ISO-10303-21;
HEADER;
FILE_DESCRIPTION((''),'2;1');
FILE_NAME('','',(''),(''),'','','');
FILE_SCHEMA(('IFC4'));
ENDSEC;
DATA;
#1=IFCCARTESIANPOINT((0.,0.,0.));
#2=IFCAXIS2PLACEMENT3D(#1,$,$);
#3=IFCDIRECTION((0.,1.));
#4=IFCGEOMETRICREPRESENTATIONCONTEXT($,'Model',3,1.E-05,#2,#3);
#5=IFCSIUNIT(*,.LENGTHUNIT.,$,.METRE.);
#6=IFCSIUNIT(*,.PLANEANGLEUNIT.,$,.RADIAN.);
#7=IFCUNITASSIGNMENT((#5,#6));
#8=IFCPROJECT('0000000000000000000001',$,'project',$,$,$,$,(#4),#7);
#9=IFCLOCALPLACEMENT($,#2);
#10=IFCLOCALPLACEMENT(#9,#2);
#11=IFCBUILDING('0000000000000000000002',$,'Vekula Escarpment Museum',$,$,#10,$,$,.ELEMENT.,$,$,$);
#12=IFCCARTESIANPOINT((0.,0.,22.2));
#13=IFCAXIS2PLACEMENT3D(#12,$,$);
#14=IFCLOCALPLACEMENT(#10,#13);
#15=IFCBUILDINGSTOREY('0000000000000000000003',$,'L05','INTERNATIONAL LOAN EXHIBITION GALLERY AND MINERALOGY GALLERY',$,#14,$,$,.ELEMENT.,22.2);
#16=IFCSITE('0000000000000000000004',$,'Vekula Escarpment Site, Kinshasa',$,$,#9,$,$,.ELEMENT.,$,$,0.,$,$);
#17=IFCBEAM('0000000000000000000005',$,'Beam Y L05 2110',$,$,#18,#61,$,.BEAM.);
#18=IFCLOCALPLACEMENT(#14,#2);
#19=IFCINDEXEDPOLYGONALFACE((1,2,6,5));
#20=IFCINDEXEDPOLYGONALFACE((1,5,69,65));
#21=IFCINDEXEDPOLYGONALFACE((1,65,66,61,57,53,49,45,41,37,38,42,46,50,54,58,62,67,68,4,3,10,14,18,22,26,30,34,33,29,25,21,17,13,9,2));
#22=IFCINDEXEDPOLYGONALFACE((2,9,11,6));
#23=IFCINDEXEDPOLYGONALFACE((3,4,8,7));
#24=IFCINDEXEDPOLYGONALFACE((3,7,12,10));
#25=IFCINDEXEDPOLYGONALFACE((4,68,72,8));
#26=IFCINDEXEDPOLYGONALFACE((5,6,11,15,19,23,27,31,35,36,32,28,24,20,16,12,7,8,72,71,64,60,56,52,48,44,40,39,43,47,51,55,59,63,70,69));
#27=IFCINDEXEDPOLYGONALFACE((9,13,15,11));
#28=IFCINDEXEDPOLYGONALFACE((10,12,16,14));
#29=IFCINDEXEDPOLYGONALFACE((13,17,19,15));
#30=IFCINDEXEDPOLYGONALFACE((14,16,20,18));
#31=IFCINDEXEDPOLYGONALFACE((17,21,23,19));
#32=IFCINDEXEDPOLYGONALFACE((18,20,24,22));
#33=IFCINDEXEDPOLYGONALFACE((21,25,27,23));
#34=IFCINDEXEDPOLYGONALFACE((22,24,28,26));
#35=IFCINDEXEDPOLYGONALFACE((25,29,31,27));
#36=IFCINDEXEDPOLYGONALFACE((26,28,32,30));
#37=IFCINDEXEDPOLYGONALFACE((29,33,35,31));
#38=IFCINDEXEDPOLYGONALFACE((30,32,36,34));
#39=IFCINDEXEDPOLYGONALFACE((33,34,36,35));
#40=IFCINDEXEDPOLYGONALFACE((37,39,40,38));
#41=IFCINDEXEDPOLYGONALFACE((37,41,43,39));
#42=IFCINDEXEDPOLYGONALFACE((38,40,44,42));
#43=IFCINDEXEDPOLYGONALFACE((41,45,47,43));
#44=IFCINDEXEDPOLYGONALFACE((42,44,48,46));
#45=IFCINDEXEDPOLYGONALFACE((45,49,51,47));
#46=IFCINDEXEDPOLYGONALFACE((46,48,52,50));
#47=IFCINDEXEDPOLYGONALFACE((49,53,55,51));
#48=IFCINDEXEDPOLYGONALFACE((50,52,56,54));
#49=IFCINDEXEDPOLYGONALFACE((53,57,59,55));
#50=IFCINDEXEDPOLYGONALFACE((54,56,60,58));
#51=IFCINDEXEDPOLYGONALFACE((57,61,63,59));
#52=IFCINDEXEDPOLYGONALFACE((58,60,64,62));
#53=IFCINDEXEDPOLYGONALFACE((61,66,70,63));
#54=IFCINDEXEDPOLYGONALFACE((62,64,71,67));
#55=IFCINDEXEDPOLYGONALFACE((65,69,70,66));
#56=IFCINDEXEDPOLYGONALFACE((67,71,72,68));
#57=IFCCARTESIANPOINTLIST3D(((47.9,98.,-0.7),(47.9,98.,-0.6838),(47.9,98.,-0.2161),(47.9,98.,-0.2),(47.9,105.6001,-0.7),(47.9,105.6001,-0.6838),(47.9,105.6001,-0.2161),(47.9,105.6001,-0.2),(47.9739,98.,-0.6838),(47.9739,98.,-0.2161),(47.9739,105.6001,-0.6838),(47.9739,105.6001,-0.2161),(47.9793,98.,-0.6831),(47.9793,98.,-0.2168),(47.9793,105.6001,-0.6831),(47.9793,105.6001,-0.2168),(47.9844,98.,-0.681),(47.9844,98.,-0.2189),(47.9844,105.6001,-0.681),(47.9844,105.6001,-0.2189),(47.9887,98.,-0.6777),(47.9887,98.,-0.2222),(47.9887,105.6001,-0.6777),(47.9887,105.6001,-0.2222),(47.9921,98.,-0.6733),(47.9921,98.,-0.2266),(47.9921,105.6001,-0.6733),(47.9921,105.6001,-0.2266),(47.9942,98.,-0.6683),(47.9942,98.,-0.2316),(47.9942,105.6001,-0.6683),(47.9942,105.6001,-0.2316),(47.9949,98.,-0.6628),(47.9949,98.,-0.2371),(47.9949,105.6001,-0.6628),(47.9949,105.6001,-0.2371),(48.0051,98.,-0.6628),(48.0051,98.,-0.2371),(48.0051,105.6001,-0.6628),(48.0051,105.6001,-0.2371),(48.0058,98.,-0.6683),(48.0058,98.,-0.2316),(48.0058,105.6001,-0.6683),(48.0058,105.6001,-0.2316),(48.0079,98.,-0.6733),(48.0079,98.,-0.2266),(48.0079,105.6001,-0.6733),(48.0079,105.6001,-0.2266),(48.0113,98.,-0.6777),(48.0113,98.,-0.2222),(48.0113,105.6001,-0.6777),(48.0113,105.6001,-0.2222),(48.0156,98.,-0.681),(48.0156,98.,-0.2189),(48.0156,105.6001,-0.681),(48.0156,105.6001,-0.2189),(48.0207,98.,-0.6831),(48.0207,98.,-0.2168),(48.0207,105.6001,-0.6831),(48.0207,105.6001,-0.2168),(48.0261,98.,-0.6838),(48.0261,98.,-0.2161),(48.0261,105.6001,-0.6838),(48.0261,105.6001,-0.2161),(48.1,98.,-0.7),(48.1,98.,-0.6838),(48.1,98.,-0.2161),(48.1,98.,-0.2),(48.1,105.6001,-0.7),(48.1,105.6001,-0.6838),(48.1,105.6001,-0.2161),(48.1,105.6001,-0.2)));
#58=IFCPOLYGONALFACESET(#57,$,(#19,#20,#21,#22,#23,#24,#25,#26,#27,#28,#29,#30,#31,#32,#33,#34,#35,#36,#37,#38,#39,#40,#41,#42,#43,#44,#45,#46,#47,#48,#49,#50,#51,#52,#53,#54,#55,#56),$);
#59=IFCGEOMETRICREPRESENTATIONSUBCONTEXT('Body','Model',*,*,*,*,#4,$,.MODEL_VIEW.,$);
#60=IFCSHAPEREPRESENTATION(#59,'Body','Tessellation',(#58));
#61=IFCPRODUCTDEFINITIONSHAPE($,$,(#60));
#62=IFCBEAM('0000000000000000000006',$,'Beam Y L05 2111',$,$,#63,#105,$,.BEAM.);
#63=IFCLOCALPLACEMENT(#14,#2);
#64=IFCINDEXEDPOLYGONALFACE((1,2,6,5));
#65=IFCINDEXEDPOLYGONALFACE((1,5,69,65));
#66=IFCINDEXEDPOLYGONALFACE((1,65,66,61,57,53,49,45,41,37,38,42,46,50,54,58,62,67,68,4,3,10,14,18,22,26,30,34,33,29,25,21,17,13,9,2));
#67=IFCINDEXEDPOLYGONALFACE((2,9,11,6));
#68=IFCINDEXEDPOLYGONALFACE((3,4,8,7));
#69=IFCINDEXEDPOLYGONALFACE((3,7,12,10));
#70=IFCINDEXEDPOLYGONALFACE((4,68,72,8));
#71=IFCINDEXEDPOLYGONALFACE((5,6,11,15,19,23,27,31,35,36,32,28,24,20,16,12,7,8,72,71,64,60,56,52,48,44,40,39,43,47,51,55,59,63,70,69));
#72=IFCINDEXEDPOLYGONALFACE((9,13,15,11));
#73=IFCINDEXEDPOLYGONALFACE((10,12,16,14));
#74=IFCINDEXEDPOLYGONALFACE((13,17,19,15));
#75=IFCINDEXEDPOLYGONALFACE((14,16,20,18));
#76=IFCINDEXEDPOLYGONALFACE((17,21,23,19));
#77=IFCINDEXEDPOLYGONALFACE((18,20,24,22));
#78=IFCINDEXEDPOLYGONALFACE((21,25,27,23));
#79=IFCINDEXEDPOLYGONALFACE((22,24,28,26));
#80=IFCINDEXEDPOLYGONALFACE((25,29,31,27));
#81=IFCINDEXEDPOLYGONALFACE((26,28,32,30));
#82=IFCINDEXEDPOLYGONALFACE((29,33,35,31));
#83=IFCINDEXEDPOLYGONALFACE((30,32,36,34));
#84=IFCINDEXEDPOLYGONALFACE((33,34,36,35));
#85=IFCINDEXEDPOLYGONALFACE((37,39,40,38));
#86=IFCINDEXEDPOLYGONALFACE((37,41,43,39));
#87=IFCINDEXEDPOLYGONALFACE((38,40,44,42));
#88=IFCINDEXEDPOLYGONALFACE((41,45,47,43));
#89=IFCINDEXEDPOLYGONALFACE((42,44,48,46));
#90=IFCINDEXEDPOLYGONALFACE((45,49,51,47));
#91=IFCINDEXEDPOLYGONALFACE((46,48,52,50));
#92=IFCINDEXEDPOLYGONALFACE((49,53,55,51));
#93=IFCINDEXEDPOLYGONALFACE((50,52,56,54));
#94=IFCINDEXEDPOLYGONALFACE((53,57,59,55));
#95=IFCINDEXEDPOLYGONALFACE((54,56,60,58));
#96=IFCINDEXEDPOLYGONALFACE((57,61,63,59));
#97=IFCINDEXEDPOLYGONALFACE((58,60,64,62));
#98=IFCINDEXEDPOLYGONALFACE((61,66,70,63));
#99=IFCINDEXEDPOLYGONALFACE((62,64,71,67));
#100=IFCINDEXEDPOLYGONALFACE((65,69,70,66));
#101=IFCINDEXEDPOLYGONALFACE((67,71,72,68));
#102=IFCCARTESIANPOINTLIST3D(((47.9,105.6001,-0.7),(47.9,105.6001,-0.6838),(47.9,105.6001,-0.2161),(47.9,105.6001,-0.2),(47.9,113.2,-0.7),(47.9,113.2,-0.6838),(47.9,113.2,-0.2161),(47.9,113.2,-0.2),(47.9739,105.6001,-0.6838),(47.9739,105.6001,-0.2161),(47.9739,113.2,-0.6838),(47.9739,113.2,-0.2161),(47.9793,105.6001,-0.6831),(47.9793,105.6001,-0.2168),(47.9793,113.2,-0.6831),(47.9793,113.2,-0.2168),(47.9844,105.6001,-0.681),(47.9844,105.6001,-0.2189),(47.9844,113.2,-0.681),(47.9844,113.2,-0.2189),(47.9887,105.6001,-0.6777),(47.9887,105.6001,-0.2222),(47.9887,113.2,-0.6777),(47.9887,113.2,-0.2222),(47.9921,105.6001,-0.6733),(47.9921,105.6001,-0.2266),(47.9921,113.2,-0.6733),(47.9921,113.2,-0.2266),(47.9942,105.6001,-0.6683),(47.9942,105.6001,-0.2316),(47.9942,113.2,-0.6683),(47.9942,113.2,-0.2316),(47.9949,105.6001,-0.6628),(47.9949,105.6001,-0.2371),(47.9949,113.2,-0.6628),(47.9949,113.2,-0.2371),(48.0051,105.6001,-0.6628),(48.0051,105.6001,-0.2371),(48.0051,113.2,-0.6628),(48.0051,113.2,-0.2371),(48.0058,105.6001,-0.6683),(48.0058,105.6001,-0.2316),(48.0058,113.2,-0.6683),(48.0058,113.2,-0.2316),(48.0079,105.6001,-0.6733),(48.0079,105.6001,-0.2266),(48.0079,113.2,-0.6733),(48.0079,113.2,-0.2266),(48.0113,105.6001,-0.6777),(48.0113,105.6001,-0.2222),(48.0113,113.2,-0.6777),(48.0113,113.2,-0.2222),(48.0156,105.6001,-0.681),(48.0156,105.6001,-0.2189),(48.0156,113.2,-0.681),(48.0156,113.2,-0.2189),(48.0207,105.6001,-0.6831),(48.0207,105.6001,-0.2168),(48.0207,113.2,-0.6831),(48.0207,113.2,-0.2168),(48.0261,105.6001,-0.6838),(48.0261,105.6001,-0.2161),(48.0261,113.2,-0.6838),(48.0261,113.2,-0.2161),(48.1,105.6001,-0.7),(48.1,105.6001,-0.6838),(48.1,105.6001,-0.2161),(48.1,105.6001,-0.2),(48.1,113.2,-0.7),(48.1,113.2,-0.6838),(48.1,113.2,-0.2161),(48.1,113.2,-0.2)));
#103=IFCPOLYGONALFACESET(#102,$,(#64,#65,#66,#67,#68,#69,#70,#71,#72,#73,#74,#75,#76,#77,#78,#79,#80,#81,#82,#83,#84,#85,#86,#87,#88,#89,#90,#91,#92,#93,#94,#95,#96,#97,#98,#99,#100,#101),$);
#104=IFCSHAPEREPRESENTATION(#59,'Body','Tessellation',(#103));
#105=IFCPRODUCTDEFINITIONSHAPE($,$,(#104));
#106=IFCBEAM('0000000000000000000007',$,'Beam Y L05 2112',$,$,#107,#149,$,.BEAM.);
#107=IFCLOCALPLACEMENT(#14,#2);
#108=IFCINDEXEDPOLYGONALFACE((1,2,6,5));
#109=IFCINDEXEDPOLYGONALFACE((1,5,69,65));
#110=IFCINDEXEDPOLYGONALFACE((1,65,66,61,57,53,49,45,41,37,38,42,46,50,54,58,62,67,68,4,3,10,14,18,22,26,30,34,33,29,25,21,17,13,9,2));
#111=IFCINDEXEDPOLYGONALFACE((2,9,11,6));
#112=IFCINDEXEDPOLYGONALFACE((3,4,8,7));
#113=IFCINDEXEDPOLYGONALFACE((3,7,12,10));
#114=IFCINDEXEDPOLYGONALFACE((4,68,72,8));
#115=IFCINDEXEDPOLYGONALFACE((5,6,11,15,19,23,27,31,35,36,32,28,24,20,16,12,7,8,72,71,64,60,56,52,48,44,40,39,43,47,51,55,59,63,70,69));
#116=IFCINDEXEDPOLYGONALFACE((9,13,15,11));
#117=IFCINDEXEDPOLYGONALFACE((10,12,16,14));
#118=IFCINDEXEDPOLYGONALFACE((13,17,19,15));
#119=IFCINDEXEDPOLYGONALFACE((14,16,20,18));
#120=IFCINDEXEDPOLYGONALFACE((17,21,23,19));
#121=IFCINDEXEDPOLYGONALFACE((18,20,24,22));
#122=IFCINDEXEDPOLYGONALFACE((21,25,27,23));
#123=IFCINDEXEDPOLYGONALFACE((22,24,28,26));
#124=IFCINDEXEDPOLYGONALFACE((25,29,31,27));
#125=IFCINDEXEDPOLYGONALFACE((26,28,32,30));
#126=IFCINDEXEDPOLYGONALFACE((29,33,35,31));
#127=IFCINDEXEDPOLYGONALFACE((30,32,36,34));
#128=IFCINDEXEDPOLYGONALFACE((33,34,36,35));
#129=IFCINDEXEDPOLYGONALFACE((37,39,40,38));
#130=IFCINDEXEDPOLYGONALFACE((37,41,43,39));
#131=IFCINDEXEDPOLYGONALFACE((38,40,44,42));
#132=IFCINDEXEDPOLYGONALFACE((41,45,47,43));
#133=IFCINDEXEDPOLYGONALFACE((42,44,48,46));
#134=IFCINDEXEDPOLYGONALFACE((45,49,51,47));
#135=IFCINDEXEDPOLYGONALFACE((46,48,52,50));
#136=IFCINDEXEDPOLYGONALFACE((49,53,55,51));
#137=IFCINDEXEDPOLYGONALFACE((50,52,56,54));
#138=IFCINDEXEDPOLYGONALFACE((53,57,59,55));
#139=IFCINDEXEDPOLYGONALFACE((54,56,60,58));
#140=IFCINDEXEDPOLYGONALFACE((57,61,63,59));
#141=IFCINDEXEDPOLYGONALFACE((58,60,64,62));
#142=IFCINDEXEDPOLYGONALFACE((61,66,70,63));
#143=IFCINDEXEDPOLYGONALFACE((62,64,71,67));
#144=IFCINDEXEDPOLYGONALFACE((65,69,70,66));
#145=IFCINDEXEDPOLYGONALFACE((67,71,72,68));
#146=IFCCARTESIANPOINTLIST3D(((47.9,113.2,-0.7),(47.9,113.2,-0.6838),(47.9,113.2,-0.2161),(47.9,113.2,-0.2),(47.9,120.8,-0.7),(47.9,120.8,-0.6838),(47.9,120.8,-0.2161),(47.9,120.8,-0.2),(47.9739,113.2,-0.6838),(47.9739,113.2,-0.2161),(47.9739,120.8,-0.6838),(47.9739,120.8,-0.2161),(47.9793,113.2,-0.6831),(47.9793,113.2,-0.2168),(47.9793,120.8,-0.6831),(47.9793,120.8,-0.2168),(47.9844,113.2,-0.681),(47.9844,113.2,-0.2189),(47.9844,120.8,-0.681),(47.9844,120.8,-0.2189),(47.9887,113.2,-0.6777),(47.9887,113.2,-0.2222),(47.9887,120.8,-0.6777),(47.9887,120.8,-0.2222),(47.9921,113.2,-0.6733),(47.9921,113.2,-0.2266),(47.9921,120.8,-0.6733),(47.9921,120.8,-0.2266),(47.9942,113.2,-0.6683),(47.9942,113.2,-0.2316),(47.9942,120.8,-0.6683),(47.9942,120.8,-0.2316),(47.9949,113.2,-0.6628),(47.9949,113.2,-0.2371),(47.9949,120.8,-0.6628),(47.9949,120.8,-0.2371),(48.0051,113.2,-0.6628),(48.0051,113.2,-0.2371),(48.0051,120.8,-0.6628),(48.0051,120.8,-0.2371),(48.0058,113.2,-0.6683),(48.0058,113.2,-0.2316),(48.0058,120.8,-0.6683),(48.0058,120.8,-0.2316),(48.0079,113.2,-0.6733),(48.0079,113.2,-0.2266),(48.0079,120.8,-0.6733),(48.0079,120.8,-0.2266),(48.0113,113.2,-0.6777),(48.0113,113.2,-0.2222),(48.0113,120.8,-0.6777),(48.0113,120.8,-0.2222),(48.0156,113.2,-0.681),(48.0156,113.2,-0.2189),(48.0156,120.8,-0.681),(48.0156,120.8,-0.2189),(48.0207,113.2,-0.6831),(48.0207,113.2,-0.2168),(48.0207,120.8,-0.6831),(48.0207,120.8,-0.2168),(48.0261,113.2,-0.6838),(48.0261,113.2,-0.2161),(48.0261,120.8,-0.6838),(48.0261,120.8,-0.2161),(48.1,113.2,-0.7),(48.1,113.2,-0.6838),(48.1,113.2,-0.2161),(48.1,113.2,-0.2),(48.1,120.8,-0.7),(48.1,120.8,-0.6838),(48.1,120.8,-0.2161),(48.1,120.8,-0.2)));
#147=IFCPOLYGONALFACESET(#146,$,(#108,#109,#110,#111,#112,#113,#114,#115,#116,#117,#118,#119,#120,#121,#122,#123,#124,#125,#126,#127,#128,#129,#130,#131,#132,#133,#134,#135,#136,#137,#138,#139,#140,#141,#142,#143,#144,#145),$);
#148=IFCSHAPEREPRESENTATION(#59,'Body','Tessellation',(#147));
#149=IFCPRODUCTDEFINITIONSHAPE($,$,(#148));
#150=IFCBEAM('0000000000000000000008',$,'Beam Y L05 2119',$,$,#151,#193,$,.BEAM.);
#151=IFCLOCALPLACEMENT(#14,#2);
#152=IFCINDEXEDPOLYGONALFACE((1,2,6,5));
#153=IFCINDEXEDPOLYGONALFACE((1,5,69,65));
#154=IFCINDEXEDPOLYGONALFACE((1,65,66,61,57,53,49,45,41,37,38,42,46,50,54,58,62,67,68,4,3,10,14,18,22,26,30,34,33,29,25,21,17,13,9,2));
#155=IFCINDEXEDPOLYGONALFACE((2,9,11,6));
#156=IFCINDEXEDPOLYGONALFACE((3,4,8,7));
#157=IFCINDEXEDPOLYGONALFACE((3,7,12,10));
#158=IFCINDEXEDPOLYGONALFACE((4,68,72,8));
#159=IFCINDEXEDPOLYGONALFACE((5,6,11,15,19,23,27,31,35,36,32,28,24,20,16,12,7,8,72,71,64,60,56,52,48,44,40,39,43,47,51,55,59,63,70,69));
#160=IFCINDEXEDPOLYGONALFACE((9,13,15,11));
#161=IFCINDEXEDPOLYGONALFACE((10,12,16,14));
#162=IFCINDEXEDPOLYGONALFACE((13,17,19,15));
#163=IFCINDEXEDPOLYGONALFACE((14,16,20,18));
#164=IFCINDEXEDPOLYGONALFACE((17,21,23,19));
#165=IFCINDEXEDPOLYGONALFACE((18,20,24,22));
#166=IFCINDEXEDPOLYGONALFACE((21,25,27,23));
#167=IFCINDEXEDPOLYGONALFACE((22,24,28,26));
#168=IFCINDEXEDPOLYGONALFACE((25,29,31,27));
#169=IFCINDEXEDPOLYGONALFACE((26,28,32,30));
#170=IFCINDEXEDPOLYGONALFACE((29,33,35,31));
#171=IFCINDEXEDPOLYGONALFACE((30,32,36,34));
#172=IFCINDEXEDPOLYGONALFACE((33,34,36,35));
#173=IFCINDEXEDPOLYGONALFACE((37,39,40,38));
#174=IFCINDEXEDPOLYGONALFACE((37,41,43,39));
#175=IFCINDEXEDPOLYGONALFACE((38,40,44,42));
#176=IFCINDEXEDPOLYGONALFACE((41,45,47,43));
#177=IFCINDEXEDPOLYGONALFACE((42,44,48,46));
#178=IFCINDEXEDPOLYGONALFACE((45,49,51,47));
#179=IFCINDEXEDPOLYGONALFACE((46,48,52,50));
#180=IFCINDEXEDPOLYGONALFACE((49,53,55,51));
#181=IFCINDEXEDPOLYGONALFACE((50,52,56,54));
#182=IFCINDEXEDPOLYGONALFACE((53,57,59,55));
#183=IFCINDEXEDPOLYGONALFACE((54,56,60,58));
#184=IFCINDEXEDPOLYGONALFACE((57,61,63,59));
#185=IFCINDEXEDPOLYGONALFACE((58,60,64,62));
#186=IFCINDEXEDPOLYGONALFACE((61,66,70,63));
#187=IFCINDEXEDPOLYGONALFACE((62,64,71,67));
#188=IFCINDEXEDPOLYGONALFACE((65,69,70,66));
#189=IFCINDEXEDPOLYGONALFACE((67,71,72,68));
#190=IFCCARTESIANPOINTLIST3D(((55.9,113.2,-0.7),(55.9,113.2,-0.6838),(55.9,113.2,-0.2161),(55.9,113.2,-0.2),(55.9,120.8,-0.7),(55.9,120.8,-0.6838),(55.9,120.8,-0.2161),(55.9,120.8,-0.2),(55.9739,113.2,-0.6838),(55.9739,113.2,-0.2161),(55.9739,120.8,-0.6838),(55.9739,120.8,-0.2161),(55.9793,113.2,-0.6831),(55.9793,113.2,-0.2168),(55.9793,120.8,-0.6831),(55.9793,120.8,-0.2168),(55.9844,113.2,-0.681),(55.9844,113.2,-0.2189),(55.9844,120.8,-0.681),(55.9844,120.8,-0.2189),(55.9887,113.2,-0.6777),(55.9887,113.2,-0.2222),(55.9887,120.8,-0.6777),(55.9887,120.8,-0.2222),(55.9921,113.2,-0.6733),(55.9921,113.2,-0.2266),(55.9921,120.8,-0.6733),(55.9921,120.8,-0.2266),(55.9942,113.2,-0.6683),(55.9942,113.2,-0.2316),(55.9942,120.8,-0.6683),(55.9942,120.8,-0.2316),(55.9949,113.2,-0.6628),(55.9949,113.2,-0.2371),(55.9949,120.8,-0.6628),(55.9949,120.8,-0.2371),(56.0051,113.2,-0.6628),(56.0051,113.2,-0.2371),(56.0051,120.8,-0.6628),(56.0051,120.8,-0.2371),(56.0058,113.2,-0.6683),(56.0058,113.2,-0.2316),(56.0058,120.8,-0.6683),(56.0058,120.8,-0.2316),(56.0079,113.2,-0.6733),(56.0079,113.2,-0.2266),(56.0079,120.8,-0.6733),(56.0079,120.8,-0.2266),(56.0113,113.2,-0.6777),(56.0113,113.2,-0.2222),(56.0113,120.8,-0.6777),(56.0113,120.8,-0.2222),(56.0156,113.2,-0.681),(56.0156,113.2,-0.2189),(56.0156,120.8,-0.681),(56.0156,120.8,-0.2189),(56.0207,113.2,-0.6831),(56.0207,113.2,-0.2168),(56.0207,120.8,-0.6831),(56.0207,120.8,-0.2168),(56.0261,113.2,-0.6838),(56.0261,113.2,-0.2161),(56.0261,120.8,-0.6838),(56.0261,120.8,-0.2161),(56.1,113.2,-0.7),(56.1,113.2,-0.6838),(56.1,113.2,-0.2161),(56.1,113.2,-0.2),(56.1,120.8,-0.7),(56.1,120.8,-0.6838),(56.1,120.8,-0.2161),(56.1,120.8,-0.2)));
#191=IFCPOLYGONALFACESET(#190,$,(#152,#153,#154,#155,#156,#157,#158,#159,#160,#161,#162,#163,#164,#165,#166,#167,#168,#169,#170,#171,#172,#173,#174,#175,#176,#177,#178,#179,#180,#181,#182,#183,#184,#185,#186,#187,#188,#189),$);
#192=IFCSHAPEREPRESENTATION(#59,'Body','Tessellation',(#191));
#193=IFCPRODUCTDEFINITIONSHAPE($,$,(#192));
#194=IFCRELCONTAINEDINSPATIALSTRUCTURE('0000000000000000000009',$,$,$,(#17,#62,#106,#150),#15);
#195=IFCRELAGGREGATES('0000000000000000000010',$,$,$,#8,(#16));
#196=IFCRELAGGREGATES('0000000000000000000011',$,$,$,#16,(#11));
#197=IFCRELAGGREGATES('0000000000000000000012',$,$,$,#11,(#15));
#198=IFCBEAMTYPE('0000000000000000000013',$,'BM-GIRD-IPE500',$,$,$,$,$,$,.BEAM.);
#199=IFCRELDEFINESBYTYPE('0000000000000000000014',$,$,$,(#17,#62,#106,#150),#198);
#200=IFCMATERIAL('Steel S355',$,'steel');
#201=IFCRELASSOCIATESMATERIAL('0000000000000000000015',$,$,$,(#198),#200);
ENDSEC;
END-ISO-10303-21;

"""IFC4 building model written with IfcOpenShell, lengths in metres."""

from ifc_helpers import new_model, si_unit, direction, frame, origin, origin_2d, place, context, subcontext, project, spatial, i_section, extrude, material, material_profile, profile_set, type_object, element, save


model = new_model("IFC4")

# Units and contexts
model_context = context("Model", 3, precision=1e-05, world=origin(), true_north=direction((0.0, 1.0)))
body_context = subcontext(model_context, "Body", "Model", "MODEL_VIEW")
ifc_project = project(units=[si_unit("LENGTHUNIT", "METRE"), si_unit("PLANEANGLEUNIT", "RADIAN")], contexts=[model_context])

# Site, building, storey
site_placement = place(None, origin())
site = spatial("IfcSite", under=ifc_project, at=site_placement, Name="Vekula Escarpment Site, Kinshasa", CompositionType="ELEMENT", RefElevation=0.0)
building_placement = place(site_placement, origin())
building = spatial("IfcBuilding", under=site, at=building_placement, Name="Vekula Escarpment Museum", CompositionType="ELEMENT")
storey_placement = place(building_placement, frame((0.0, 0.0, 22.2)))
storey = spatial("IfcBuildingStorey", under=building, at=storey_placement, Name="L05", Description="INTERNATIONAL LOAN EXHIBITION GALLERY AND MINERALOGY GALLERY", CompositionType="ELEMENT", Elevation=22.2)

# Beams
ifc_material_1 = material(Name="Steel S355", Category="steel")
ifc_material_profile_1 = material_profile(ifc_material_1, i_section(OverallWidth=0.2, OverallDepth=0.5, WebThickness=0.0103, FlangeThickness=0.0161, FilletRadius=0.021, at=origin_2d()), Name="IPE 500")
ifc_profile_set_1 = profile_set([ifc_material_profile_1], Name="Steel S355")
beam_type_1 = type_object("IfcBeamType", Name="BM-GIRD-IPE500", PredefinedType="BEAM", material=ifc_profile_set_1)
for number, where, z_axis, x_axis, name in (
    (1, (48.0, 98.0, -0.45), (0.0, 1.0, 0.0), (-1.0, 0.0, 0.0), "Beam Y L05 2110"),
):
    element("IfcBeam", number, at=place(storey_placement, frame(where, z_axis=z_axis, x_axis=x_axis)), inside=storey, type_object=beam_type_1, Name=name, PredefinedType="BEAM", context=body_context, shape_type="SweptSolid", body=[
        extrude(i_section(OverallWidth=0.2, OverallDepth=0.5, WebThickness=0.0103, FlangeThickness=0.0161, FilletRadius=0.021, at=origin_2d()), origin(), (0.0, 0.0, 1.0), 7.6001),
    ])
beam_1_placement = place(storey_placement, frame((48.0, 105.6001, -0.45), z_axis=(0.0, 1.0, 0.0), x_axis=(-1.0, 0.0, 0.0)))
element("IfcBeam", 2, at=beam_1_placement, inside=storey, type_object=beam_type_1, Name="Beam Y L05 2111", PredefinedType="BEAM", context=body_context, shape_type="SweptSolid", body=[
    extrude(i_section(OverallWidth=0.2, OverallDepth=0.5, WebThickness=0.0103, FlangeThickness=0.0161, FilletRadius=0.021, at=origin_2d()), origin(), (0.0, 0.0, 1.0), 7.5999),
])
for number, where, z_axis, x_axis, name in (
    (3, (48.0, 113.2, -0.45), (0.0, 1.0, 0.0), (-1.0, 0.0, 0.0), "Beam Y L05 2112"),
    (4, (56.0, 113.2, -0.45), (0.0, 1.0, 0.0), (-1.0, 0.0, 0.0), "Beam Y L05 2119"),
):
    element("IfcBeam", number, at=place(storey_placement, frame(where, z_axis=z_axis, x_axis=x_axis)), inside=storey, type_object=beam_type_1, Name=name, PredefinedType="BEAM", context=body_context, shape_type="SweptSolid", body=[
        extrude(i_section(OverallWidth=0.2, OverallDepth=0.5, WebThickness=0.0103, FlangeThickness=0.0161, FilletRadius=0.021, at=origin_2d()), origin(), (0.0, 0.0, 1.0), 7.6001),
    ])

save(model, "model.ifc")
